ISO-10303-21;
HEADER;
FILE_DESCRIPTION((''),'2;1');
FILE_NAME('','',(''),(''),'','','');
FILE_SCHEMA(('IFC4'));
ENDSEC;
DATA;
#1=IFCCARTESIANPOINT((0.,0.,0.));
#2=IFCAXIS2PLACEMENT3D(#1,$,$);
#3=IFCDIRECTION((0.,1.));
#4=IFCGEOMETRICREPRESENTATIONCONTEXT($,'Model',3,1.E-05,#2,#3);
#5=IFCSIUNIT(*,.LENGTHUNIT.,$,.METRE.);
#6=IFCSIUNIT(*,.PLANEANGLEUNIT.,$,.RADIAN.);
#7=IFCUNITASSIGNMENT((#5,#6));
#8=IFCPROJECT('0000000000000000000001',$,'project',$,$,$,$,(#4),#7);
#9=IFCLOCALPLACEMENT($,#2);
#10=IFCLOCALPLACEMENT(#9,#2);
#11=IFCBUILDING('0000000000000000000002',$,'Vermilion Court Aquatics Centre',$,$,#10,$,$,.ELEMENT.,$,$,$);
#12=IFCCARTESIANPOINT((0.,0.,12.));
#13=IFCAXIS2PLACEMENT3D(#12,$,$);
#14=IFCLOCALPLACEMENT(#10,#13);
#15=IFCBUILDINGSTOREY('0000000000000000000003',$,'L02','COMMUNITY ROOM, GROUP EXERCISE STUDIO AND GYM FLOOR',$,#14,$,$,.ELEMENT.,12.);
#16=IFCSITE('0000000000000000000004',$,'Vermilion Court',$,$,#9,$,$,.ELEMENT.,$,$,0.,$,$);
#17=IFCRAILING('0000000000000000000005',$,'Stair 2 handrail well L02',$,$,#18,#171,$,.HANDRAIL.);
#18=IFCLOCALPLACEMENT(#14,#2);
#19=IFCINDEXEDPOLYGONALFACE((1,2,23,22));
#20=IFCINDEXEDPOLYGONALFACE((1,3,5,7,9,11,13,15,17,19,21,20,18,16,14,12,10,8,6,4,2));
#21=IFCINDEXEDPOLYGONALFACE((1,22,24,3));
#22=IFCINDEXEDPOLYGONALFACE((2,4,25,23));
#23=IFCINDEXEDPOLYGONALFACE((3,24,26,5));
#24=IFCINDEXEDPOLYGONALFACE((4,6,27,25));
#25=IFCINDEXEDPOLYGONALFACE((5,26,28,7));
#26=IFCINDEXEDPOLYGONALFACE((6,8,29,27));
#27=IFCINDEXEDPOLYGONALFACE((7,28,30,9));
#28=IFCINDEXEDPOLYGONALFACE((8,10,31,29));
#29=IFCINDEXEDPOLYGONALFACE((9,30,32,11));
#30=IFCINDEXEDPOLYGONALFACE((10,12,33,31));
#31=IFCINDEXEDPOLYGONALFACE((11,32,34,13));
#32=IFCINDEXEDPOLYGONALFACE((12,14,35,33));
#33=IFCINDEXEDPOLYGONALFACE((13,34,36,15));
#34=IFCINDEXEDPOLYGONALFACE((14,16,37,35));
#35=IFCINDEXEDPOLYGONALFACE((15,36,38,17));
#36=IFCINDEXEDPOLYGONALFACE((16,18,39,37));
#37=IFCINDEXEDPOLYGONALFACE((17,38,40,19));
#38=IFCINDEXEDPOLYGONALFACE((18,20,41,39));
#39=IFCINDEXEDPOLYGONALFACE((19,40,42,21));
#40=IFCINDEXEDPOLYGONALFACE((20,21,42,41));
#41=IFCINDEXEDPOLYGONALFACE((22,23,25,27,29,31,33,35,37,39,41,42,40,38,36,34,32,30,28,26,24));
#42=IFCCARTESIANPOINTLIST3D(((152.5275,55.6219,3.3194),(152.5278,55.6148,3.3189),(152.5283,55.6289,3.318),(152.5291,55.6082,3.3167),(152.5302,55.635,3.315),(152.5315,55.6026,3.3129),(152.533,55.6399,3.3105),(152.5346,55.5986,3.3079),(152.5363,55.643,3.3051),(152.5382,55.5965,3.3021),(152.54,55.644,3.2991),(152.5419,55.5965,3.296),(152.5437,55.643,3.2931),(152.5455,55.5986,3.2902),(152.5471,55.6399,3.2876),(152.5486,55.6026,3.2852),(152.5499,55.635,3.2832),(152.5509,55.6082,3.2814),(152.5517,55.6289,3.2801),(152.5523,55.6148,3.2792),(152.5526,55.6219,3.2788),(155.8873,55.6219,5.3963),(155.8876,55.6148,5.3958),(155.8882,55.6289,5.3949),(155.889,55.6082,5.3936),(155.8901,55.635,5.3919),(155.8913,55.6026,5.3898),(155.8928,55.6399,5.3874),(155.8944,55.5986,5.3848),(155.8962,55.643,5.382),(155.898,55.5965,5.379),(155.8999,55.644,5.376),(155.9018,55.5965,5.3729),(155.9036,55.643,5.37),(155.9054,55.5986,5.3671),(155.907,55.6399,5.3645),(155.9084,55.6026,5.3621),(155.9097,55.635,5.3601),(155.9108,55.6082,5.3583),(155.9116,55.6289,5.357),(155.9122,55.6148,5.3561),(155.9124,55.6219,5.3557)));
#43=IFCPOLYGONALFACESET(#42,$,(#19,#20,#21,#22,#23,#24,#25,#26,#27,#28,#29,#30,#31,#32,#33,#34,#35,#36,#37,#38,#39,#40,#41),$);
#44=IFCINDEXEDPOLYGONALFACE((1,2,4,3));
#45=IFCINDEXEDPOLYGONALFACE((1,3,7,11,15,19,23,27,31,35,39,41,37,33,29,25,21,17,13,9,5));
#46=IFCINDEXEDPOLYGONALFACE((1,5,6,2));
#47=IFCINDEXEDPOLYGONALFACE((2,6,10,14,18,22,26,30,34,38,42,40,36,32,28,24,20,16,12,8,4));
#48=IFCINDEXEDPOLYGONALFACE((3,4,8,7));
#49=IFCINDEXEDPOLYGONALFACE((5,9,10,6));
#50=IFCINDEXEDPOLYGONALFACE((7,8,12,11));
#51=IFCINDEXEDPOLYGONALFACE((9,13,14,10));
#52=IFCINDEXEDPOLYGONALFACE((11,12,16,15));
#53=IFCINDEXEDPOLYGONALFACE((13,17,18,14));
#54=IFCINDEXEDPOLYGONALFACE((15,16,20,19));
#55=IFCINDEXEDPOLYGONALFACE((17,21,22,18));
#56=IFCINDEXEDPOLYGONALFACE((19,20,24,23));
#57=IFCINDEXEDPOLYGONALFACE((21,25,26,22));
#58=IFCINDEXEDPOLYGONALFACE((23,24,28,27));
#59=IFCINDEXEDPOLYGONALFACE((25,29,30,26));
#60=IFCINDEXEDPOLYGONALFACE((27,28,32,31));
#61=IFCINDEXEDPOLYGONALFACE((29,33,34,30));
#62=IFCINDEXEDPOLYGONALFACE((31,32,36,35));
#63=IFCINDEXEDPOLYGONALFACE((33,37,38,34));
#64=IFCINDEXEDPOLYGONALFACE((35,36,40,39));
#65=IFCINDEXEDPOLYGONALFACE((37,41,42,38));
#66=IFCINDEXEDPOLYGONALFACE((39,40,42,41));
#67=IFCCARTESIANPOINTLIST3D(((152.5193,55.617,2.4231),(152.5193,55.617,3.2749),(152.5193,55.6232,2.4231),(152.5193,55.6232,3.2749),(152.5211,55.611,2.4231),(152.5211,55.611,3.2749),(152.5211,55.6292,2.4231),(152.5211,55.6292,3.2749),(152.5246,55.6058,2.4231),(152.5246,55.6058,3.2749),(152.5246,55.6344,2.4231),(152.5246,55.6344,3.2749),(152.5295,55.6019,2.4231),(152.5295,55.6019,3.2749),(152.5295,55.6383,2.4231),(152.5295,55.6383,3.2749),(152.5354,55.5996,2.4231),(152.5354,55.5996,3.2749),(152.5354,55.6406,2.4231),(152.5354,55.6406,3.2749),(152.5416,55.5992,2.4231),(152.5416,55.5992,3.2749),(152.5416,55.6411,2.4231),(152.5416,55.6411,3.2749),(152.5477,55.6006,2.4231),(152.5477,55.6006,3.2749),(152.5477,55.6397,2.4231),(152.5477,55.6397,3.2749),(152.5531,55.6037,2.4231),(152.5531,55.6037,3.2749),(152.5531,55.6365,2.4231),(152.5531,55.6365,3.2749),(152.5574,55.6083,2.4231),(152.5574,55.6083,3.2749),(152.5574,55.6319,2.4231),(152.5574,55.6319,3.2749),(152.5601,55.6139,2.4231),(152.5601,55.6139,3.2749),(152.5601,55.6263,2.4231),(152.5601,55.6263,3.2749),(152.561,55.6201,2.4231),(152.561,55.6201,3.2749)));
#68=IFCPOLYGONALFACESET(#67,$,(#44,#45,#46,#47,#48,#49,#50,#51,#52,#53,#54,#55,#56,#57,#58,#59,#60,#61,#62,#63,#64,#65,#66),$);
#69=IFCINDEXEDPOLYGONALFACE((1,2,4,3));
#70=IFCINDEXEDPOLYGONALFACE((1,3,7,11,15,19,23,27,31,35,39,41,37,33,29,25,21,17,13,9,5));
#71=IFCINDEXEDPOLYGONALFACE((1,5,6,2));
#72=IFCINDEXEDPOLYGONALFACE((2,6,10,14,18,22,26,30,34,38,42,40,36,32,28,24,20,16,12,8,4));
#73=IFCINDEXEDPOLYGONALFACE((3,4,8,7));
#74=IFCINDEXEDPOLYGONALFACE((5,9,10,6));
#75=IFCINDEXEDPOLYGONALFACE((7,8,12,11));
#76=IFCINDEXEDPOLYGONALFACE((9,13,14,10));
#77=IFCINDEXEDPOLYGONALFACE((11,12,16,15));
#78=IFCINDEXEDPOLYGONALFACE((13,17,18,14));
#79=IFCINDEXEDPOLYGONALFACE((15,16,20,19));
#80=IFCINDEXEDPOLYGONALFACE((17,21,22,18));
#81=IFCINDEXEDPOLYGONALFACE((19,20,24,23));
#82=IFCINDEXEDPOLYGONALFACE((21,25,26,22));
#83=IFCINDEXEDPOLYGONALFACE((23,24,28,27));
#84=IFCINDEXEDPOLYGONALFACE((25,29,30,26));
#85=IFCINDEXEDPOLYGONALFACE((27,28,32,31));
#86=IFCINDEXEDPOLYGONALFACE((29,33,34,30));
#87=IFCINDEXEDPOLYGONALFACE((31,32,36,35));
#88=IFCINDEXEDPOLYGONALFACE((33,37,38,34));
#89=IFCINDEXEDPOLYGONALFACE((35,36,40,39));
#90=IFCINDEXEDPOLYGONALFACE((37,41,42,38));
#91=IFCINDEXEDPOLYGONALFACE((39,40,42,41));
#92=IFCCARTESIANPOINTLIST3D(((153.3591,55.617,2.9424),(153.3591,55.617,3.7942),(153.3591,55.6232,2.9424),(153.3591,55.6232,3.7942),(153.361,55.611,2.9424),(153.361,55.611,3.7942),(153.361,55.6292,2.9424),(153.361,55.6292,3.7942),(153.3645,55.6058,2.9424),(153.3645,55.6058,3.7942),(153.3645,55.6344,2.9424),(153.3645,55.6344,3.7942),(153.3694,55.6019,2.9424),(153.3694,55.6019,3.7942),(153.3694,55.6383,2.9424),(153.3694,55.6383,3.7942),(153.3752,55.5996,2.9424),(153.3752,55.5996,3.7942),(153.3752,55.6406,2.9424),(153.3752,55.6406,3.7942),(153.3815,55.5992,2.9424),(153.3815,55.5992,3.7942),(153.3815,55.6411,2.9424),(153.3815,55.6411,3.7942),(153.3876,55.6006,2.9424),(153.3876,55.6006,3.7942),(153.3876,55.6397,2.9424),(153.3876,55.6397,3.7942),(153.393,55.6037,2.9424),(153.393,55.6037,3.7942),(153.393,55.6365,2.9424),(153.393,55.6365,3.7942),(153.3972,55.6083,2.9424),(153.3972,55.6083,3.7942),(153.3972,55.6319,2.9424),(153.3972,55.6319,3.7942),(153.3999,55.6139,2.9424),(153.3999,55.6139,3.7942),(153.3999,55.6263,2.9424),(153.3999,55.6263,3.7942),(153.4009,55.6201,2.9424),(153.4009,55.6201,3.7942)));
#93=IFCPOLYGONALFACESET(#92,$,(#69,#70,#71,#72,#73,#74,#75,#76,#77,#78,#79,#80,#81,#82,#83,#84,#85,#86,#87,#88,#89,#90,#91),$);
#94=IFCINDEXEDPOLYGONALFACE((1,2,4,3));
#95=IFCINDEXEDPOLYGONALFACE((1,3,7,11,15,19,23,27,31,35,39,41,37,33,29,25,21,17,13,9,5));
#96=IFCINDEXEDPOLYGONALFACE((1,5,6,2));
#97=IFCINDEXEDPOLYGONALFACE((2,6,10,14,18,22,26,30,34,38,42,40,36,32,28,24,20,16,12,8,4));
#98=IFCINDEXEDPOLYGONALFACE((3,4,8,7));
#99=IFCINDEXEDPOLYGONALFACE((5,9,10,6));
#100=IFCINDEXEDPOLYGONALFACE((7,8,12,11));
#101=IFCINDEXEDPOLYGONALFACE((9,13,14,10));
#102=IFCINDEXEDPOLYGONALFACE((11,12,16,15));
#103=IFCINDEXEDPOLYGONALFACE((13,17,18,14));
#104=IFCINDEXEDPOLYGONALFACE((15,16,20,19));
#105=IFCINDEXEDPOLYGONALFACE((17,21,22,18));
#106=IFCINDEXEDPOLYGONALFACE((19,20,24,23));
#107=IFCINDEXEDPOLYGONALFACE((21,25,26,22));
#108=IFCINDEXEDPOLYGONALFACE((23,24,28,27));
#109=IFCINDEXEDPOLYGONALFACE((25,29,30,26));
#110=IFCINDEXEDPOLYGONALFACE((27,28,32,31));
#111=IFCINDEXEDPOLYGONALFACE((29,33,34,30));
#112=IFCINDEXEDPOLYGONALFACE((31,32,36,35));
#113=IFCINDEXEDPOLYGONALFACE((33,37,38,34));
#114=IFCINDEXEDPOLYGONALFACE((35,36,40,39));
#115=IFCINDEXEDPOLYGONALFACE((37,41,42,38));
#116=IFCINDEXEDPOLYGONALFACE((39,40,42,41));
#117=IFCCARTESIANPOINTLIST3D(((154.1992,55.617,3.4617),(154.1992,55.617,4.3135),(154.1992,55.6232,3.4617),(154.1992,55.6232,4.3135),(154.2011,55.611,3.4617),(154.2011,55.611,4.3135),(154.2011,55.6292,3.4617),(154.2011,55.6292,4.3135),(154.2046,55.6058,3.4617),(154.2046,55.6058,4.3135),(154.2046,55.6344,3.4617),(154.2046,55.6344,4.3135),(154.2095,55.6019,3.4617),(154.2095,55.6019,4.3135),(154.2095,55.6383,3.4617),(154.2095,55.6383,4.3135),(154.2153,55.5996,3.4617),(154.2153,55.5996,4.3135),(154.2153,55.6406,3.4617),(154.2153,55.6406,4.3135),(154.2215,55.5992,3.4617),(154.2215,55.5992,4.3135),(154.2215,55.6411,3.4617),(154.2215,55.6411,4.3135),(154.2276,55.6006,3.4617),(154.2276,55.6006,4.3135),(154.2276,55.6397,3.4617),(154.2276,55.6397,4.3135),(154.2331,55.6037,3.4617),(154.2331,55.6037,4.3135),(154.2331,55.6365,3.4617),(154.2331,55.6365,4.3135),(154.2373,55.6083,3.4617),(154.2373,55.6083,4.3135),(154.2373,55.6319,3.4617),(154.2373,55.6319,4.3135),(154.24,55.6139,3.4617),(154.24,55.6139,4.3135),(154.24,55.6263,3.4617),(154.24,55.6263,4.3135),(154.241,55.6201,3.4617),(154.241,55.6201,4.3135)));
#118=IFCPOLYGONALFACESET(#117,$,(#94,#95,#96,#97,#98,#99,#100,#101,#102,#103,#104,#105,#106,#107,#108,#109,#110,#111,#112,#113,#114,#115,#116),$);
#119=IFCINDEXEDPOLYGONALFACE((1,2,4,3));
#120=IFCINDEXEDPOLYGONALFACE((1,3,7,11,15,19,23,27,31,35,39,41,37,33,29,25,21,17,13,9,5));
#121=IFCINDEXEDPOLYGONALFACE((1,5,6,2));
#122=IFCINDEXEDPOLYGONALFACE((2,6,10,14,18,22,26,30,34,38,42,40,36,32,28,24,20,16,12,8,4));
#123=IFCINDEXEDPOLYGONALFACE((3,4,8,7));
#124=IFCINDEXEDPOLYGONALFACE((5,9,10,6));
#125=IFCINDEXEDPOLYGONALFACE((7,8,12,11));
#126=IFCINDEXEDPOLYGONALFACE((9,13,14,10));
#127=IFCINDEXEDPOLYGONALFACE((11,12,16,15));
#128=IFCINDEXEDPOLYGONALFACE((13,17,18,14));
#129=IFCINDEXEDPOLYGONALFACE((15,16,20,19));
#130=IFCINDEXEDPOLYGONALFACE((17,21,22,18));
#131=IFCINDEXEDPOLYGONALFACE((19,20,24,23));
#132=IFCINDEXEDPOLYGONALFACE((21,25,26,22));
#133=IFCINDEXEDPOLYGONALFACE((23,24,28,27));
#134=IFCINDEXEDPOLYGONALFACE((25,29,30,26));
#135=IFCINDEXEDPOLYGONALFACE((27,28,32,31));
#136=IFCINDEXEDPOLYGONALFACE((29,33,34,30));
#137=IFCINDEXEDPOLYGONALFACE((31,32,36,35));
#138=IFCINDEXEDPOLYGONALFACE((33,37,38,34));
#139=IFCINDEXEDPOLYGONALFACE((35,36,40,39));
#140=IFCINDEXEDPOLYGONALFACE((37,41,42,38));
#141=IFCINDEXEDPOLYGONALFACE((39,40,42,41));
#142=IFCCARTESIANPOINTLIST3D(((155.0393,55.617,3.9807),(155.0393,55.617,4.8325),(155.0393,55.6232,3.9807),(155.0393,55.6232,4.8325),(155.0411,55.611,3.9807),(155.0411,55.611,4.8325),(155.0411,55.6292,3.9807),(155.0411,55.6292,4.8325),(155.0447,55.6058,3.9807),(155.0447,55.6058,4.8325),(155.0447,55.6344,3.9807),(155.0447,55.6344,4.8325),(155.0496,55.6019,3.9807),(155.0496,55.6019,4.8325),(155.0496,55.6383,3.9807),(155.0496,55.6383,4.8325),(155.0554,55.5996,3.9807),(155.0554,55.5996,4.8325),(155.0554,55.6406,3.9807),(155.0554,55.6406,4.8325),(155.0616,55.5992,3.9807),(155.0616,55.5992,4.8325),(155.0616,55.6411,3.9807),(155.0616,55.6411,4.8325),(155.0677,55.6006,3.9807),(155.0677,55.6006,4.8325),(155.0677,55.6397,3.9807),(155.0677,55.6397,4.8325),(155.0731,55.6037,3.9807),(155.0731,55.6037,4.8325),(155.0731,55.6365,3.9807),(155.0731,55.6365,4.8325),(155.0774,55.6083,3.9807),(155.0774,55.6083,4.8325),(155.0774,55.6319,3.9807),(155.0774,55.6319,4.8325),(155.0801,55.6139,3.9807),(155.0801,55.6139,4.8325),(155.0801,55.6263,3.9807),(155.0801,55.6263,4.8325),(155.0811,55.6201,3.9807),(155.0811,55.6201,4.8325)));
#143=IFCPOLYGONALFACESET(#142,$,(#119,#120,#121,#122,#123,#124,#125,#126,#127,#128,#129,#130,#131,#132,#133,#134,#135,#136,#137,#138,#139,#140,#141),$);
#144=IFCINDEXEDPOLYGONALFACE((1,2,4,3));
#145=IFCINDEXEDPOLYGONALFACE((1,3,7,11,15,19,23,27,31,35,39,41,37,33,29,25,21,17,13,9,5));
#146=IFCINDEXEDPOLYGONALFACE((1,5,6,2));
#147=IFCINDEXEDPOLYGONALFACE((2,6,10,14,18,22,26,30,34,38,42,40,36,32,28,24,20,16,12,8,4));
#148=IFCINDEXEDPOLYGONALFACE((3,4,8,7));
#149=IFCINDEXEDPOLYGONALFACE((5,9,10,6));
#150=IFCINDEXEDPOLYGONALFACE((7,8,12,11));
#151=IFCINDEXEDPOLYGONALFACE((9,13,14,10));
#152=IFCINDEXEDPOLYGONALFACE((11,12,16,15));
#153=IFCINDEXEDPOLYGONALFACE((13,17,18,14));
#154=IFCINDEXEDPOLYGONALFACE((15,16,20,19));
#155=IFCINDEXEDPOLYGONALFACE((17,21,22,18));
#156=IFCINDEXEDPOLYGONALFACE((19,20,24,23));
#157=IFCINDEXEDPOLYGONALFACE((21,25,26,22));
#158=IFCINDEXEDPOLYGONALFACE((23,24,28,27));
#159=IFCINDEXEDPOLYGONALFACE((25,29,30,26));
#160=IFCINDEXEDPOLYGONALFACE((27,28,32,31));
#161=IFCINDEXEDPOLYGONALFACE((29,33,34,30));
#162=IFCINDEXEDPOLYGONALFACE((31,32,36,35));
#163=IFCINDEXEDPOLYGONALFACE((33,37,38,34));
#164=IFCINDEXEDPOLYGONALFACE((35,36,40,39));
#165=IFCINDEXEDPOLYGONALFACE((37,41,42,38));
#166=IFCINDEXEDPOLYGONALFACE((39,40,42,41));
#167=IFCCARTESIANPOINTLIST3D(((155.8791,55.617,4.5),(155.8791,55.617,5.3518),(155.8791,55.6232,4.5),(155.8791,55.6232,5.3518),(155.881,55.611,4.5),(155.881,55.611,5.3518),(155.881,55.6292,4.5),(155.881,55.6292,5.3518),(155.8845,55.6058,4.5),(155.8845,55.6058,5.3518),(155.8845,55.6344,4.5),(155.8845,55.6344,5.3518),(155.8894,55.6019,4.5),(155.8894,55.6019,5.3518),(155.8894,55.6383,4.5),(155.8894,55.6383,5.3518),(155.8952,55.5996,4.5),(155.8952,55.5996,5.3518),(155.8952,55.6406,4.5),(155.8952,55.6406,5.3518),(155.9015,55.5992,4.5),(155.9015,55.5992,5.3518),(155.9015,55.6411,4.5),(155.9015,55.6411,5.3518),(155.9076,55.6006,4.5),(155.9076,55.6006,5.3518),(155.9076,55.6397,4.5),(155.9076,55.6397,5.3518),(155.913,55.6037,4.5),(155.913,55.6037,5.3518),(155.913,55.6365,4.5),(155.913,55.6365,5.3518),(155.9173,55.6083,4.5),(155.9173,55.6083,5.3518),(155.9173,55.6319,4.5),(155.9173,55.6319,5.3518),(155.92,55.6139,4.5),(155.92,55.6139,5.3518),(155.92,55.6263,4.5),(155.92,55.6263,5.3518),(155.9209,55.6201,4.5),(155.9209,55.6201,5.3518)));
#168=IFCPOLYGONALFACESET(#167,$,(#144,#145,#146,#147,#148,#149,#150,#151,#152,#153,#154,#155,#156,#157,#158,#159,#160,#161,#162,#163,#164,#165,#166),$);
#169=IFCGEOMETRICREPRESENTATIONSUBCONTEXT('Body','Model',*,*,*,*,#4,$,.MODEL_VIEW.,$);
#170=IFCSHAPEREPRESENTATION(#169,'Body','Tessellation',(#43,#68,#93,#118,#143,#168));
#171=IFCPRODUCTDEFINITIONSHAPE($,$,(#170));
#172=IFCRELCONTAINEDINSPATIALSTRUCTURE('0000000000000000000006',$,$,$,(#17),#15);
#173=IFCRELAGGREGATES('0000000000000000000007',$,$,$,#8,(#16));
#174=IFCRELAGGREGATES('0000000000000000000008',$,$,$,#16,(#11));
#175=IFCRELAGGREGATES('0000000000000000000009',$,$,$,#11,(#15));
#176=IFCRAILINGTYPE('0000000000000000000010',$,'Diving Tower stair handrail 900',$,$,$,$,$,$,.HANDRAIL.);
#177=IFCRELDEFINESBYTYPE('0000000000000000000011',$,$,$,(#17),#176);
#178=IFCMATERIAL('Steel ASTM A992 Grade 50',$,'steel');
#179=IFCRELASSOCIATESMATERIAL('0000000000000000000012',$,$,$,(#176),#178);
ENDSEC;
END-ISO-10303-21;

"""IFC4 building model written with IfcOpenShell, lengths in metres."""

from ifc_helpers import new_model, si_unit, direction, frame, origin, origin_2d, place, context, subcontext, project, spatial, circle, extrude, material, type_object, element, save


model = new_model("IFC4")

# Units and contexts
model_context = context("Model", 3, precision=1e-05, world=origin(), true_north=direction((0.0, 1.0)))
body_context = subcontext(model_context, "Body", "Model", "MODEL_VIEW")
ifc_project = project(units=[si_unit("LENGTHUNIT", "METRE"), si_unit("PLANEANGLEUNIT", "RADIAN")], contexts=[model_context])

# Site, building, storey
site_placement = place(None, origin())
site = spatial("IfcSite", under=ifc_project, at=site_placement, Name="Vermilion Court", CompositionType="ELEMENT", RefElevation=0.0)
building_placement = place(site_placement, origin())
building = spatial("IfcBuilding", under=site, at=building_placement, Name="Vermilion Court Aquatics Centre", CompositionType="ELEMENT")
storey_placement = place(building_placement, frame((0.0, 0.0, 12.0)))
storey = spatial("IfcBuildingStorey", under=building, at=storey_placement, Name="L02", Description="COMMUNITY ROOM, GROUP EXERCISE STUDIO AND GYM FLOOR", CompositionType="ELEMENT", Elevation=12.0)

# Railing
ifc_material_1 = material(Name="Steel ASTM A992 Grade 50", Category="steel")
railing_type_1 = type_object("IfcRailingType", Name="Diving Tower stair handrail 900", PredefinedType="HANDRAIL", material=ifc_material_1)
for number, where, name in (
    (1, (152.54, 55.6201, 2.4231), "Stair 2 handrail well L02"),
):
    element("IfcRailing", number, at=place(storey_placement, frame(where)), inside=storey, type_object=railing_type_1, Name=name, PredefinedType="HANDRAIL", context=body_context, shape_type="SweptSolid", body=[
        extrude(circle(Radius=0.0239, at=origin_2d()), frame((0.0, 0.0, 0.876), z_axis=(0.850606, 0.0, 0.525803), x_axis=(0.0, 1.0, 0.0)), (0.0, 0.0, 1.0), 3.95),
        extrude(circle(Radius=0.021, at=origin_2d()), origin(), (0.0, 0.0, 1.0), 0.8518),
        extrude(circle(Radius=0.021, at=origin_2d()), frame((0.8398, 0.0, 0.5193)), (0.0, 0.0, 1.0), 0.8518),
        extrude(circle(Radius=0.021, at=origin_2d()), frame((1.6799, 0.0, 1.0386)), (0.0, 0.0, 1.0), 0.8518),
        extrude(circle(Radius=0.021, at=origin_2d()), frame((2.52, 0.0, 1.5576)), (0.0, 0.0, 1.0), 0.8518),
        extrude(circle(Radius=0.021, at=origin_2d()), frame((3.3599, 0.0, 2.0769)), (0.0, 0.0, 1.0), 0.8518),
    ])

save(model, "model.ifc")
